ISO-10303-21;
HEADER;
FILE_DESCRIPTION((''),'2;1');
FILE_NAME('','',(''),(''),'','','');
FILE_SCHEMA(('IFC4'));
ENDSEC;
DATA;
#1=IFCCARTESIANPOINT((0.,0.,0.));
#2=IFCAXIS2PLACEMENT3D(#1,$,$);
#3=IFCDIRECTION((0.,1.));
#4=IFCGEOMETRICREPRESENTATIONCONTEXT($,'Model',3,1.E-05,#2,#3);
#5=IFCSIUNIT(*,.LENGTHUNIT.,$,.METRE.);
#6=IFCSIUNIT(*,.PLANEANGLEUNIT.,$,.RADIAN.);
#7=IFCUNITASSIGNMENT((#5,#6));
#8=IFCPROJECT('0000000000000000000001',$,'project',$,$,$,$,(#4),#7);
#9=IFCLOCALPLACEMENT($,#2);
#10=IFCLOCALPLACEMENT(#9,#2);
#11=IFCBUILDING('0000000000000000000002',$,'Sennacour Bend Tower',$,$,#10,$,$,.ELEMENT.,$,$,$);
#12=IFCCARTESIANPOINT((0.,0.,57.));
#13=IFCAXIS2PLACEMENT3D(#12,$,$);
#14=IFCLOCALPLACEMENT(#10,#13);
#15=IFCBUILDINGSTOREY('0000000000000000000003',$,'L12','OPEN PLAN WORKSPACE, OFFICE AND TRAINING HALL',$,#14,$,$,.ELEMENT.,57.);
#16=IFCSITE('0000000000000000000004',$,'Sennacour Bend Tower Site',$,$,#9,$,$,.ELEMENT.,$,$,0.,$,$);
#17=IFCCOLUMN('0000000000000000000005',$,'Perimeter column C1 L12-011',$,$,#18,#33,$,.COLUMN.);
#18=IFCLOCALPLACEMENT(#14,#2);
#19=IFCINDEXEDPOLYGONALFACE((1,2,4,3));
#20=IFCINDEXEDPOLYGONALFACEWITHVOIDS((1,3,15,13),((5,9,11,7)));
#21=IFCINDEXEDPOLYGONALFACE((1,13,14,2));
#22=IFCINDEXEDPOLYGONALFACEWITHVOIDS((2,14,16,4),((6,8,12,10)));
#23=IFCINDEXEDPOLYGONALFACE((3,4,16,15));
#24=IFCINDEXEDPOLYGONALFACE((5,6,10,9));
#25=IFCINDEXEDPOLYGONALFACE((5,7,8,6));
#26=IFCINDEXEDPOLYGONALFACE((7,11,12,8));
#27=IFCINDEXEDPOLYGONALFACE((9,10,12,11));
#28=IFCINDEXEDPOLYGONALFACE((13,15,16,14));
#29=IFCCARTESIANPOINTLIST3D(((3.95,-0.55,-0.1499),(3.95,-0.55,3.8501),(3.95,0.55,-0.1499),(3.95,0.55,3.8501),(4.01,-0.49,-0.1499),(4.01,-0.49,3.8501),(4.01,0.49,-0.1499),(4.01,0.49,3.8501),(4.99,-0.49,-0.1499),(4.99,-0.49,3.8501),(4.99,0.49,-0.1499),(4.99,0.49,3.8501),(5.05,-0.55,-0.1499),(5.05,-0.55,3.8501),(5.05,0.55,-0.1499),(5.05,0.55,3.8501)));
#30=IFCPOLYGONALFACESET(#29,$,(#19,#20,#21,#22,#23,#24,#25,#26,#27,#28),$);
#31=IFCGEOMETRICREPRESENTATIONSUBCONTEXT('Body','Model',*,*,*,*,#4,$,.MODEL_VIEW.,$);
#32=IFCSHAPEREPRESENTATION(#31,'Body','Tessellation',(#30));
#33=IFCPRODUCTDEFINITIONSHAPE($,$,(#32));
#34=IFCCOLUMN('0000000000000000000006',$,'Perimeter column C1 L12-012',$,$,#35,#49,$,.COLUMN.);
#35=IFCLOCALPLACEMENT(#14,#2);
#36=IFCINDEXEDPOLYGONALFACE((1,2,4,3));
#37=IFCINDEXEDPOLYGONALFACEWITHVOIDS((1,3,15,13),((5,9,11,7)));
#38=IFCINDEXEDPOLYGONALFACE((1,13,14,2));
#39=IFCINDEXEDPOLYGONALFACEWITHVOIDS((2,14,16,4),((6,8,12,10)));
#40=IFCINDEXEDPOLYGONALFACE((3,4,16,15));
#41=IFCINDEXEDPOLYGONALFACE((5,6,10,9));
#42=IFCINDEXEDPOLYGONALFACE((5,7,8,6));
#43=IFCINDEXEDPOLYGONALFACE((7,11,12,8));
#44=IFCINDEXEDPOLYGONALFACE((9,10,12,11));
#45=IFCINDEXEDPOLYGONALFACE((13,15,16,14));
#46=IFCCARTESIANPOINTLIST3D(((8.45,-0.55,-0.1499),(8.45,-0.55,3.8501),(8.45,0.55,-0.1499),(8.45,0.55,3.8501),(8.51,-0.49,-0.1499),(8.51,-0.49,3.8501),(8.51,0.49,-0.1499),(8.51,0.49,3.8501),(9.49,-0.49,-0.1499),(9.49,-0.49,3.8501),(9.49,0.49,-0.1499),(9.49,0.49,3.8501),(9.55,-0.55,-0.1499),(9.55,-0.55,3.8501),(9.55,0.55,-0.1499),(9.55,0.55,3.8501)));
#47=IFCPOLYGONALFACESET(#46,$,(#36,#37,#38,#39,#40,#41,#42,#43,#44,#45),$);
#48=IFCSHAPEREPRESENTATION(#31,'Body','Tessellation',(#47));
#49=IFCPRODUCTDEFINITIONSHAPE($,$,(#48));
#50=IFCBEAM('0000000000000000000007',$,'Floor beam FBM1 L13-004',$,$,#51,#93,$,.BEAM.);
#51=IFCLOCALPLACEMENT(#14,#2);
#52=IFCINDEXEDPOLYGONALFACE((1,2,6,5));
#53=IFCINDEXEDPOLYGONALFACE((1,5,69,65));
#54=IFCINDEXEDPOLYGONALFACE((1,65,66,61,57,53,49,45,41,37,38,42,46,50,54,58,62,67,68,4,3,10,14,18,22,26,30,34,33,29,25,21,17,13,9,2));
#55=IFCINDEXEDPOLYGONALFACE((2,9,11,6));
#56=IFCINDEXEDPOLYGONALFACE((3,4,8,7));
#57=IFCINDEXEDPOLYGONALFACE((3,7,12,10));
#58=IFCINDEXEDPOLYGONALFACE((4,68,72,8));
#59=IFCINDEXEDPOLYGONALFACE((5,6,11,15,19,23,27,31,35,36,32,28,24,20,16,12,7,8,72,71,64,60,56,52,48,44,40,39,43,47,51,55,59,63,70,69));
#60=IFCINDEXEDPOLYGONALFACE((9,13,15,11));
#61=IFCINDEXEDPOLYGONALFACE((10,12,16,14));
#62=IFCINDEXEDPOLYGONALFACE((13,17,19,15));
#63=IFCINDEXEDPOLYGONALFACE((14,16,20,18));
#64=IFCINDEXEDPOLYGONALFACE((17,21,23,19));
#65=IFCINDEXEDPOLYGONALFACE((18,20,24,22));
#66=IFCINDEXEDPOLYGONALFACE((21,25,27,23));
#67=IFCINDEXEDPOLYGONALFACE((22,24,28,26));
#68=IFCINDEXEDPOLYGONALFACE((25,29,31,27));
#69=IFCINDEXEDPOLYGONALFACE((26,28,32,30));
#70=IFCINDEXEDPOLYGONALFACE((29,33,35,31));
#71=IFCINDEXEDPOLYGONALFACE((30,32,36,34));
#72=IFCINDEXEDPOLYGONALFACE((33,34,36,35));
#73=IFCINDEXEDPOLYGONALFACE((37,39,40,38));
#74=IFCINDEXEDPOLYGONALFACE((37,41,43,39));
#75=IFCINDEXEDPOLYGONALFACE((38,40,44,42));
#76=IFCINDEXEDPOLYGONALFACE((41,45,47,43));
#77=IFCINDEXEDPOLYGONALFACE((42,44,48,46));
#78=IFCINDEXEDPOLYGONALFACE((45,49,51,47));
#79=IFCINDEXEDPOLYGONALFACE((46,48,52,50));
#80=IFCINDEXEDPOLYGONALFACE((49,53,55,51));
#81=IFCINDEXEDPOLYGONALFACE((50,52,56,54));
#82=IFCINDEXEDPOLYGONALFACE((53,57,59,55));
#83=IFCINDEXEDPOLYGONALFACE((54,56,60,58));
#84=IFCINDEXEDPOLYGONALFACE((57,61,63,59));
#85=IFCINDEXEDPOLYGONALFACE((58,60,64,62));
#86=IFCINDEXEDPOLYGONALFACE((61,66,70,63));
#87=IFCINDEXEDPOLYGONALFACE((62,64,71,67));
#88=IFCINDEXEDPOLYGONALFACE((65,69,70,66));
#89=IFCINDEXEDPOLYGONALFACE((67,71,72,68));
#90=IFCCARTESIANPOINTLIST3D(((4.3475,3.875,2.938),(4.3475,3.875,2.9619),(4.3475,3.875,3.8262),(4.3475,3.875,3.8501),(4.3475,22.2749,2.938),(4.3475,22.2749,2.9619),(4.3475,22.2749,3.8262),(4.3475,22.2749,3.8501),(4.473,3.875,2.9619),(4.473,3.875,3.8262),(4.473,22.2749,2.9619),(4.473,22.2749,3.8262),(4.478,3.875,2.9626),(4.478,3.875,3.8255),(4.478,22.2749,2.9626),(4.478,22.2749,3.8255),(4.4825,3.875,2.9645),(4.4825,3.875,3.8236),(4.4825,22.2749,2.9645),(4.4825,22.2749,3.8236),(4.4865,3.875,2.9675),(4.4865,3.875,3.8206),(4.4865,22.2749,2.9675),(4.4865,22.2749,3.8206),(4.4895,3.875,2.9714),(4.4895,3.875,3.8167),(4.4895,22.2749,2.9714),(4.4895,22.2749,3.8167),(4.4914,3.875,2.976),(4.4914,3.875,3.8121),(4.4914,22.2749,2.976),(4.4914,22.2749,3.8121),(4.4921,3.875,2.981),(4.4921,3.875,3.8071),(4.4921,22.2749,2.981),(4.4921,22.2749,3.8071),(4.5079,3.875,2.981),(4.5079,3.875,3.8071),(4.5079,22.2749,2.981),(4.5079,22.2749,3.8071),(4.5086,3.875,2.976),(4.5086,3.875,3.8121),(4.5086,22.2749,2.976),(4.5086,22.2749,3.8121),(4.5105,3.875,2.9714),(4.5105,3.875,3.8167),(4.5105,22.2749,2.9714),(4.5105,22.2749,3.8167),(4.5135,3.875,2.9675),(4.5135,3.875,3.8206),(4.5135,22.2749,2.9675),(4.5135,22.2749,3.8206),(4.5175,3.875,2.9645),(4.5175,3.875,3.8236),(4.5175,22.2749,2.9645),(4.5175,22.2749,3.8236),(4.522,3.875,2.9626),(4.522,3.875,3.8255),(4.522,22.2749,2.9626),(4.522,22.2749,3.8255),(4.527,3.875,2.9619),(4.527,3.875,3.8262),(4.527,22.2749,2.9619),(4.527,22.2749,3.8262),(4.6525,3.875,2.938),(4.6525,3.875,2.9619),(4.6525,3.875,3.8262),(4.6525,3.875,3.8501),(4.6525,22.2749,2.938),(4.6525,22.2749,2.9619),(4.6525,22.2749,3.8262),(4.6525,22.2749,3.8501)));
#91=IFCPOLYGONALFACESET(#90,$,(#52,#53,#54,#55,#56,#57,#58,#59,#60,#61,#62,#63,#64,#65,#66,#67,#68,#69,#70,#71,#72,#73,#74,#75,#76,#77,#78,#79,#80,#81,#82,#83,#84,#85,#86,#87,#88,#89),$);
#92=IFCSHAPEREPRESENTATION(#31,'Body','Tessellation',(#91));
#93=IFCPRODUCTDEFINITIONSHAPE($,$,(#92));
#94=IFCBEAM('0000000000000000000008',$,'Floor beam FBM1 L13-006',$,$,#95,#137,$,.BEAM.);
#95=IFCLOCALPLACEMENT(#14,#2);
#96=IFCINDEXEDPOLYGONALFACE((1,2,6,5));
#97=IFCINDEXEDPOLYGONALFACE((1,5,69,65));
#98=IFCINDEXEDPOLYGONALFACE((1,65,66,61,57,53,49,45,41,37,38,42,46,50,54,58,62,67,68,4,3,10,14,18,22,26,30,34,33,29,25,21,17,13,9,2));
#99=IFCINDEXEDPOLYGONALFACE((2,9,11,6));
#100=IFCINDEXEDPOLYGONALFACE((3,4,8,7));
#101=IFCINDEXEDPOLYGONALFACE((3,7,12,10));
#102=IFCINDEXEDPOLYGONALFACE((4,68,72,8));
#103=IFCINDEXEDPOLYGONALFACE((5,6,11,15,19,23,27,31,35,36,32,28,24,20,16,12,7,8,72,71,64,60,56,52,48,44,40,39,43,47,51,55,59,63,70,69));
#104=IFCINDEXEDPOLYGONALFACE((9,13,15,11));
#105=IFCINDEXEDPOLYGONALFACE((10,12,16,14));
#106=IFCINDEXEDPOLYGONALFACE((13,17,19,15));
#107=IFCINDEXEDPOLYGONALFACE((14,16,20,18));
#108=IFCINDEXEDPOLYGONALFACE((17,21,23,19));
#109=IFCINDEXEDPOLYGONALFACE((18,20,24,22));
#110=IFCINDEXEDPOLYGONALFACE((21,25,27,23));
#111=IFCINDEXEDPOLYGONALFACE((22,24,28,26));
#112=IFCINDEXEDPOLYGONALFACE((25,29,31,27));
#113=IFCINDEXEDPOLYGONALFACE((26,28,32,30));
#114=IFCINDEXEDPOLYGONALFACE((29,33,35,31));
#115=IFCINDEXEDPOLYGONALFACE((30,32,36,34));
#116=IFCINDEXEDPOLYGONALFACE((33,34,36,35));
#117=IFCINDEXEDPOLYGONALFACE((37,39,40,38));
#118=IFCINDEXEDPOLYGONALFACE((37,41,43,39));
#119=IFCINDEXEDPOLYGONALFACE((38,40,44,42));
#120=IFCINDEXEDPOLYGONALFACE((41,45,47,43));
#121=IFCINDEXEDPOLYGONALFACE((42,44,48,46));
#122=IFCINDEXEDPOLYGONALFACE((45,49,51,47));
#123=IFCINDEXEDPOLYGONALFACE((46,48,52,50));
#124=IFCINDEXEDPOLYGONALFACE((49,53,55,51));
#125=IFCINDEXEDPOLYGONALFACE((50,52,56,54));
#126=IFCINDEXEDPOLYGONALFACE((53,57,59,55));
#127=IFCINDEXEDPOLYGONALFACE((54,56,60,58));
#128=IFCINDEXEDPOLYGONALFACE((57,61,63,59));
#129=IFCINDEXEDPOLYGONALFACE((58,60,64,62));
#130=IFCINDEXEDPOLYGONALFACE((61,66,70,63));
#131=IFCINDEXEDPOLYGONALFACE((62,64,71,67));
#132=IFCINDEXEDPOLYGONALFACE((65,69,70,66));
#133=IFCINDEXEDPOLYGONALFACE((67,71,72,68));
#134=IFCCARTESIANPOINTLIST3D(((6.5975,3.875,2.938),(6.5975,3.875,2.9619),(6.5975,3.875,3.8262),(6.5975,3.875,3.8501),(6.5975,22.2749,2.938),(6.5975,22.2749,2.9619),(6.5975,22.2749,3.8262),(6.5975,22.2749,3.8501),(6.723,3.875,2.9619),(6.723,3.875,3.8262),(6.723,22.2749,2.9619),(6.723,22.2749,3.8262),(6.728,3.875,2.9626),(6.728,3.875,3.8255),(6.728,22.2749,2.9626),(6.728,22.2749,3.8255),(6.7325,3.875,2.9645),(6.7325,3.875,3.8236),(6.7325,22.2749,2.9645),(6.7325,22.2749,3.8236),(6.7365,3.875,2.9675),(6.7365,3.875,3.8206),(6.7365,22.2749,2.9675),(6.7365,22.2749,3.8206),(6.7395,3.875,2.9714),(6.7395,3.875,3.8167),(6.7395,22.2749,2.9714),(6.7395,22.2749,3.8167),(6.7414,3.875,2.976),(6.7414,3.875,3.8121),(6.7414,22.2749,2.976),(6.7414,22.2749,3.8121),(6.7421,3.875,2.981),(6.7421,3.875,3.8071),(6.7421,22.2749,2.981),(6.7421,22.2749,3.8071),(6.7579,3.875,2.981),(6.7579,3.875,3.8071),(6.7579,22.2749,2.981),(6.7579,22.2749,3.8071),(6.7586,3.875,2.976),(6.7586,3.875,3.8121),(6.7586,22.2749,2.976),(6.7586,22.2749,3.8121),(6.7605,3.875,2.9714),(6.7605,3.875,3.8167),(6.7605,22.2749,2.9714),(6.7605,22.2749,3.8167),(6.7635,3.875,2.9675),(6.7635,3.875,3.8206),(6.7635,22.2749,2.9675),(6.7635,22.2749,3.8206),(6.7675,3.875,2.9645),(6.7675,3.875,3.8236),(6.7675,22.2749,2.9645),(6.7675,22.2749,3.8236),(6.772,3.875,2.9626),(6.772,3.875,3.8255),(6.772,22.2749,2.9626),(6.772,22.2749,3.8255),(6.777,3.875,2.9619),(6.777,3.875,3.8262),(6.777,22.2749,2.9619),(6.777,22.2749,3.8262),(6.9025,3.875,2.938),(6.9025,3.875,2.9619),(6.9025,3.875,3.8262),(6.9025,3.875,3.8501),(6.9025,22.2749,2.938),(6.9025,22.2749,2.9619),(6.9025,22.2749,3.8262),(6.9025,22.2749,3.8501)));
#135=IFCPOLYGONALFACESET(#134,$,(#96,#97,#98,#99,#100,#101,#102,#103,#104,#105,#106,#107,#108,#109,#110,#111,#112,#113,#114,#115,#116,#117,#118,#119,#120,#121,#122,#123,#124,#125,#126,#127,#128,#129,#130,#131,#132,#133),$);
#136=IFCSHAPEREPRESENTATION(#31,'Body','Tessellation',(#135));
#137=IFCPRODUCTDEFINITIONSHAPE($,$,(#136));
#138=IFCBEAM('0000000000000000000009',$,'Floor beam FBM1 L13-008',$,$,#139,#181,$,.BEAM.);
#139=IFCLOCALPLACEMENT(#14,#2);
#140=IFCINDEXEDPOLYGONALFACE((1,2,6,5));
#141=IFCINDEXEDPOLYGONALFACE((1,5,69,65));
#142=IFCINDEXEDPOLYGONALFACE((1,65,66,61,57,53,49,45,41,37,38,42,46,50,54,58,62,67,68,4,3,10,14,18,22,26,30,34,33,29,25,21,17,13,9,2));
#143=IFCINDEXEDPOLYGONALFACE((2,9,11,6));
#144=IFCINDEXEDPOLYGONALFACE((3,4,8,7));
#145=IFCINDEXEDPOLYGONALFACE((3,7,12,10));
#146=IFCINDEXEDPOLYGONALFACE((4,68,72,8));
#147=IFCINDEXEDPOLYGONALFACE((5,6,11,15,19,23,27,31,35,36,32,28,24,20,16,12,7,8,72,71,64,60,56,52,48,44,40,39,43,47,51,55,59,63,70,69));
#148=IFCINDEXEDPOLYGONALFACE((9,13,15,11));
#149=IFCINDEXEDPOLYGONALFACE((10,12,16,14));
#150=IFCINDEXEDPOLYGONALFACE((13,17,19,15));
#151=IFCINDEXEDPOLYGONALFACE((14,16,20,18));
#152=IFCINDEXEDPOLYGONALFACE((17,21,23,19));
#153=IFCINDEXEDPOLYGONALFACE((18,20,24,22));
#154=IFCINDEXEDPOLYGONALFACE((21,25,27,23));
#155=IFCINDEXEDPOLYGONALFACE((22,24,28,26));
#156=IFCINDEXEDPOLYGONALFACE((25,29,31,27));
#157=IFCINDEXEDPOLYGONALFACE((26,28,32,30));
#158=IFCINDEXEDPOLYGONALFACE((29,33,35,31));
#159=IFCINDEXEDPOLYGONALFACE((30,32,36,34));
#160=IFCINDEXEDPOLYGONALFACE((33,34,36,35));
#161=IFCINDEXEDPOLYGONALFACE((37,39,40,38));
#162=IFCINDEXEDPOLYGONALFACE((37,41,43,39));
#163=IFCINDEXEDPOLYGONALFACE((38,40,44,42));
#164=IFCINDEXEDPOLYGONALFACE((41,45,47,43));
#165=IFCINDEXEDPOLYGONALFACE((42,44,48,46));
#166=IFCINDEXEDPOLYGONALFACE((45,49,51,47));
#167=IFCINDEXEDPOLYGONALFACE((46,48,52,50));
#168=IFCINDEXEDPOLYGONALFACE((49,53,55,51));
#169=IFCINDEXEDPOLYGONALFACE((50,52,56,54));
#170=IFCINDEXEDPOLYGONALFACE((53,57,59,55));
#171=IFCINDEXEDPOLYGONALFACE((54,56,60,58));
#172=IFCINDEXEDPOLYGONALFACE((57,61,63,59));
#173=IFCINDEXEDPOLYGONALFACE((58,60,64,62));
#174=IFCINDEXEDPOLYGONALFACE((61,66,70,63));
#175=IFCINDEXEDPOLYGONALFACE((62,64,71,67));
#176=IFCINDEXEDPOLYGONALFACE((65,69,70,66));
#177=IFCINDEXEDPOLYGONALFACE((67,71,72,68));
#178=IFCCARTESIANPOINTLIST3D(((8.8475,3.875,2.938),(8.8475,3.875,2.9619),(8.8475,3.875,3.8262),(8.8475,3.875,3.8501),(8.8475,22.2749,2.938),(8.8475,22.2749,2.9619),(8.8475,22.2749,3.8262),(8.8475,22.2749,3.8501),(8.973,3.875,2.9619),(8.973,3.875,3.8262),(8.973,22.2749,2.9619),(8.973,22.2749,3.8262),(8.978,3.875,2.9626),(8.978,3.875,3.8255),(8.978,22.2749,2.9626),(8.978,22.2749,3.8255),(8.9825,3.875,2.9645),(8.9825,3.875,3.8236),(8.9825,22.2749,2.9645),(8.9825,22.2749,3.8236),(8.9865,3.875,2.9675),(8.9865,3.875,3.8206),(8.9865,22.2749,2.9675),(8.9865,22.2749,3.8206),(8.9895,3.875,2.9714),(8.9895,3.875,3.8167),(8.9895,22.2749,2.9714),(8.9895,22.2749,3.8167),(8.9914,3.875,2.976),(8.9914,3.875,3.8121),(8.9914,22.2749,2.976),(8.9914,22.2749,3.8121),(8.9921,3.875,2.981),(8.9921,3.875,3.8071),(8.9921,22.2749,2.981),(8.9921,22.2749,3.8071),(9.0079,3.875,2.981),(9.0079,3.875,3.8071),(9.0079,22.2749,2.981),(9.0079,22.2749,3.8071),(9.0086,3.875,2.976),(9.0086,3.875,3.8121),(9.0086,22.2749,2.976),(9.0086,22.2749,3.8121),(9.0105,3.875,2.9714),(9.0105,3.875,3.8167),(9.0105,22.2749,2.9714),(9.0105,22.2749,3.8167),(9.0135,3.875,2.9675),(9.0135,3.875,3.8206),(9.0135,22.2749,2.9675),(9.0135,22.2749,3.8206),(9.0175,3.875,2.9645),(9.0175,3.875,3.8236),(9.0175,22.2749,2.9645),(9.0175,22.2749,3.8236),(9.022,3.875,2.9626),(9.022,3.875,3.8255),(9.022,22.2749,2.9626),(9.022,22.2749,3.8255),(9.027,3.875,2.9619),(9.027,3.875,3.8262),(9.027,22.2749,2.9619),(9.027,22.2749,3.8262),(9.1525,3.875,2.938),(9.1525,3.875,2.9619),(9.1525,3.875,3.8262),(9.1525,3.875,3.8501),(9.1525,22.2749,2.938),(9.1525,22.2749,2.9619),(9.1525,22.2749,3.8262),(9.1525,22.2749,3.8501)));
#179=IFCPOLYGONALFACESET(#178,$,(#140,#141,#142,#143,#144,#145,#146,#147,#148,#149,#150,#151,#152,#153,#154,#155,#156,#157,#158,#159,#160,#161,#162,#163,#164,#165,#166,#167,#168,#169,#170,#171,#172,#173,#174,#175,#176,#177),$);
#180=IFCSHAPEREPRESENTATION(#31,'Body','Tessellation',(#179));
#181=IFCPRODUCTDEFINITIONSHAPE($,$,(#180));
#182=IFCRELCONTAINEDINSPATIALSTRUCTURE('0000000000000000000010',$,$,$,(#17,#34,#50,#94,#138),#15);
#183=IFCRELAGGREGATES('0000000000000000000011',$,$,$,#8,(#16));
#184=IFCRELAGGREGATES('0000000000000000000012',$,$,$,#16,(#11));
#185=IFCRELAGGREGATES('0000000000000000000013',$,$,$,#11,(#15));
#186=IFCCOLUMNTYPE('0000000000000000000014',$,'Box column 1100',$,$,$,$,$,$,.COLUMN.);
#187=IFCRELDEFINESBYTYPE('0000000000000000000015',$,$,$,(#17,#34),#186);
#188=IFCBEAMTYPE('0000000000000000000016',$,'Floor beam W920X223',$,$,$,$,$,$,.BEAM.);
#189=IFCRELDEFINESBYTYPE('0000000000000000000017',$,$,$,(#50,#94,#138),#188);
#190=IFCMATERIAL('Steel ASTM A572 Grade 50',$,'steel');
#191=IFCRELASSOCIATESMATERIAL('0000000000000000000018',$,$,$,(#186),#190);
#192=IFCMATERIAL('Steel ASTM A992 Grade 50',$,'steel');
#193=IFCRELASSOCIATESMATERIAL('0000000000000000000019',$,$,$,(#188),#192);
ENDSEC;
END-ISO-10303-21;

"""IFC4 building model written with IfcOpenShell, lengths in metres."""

from ifc_helpers import new_model, si_unit, direction, frame, origin, origin_2d, place, context, subcontext, project, spatial, hollow_rectangle, i_section, extrude, material, material_profile, profile_set, type_object, element, save


model = new_model("IFC4")

# Units and contexts
model_context = context("Model", 3, precision=1e-05, world=origin(), true_north=direction((0.0, 1.0)))
body_context = subcontext(model_context, "Body", "Model", "MODEL_VIEW")
ifc_project = project(units=[si_unit("LENGTHUNIT", "METRE"), si_unit("PLANEANGLEUNIT", "RADIAN")], contexts=[model_context])

# Site, building, storey
site_placement = place(None, origin())
site = spatial("IfcSite", under=ifc_project, at=site_placement, Name="Sennacour Bend Tower Site", CompositionType="ELEMENT", RefElevation=0.0)
building_placement = place(site_placement, origin())
building = spatial("IfcBuilding", under=site, at=building_placement, Name="Sennacour Bend Tower", CompositionType="ELEMENT")
storey_placement = place(building_placement, frame((0.0, 0.0, 57.0)))
storey = spatial("IfcBuildingStorey", under=building, at=storey_placement, Name="L12", Description="OPEN PLAN WORKSPACE, OFFICE AND TRAINING HALL", CompositionType="ELEMENT", Elevation=57.0)

# Columns
ifc_material_1 = material(Name="Steel ASTM A572 Grade 50", Category="steel")
ifc_material_profile_1 = material_profile(ifc_material_1, hollow_rectangle(XDim=1.1001, YDim=1.1001, WallThickness=0.0601, at=origin_2d()), Name="Steel ASTM A572 Grade 50", Category="steel")
ifc_profile_set_1 = profile_set([ifc_material_profile_1], Name="Steel ASTM A572 Grade 50")
column_type = type_object("IfcColumnType", Name="Box column 1100", PredefinedType="COLUMN", material=ifc_profile_set_1)
for number, where, z_axis, x_axis, name in (
    (1, (4.5, 0.0, -0.1499), (0.0, 0.0, 1.0), (1.0, 0.0, 0.0), "Perimeter column C1 L12-011"),
    (2, (9.0, 0.0, -0.1499), (0.0, 0.0, 1.0), (1.0, 0.0, 0.0), "Perimeter column C1 L12-012"),
):
    element("IfcColumn", number, at=place(storey_placement, frame(where, z_axis=z_axis, x_axis=x_axis)), inside=storey, type_object=column_type, Name=name, PredefinedType="COLUMN", context=body_context, shape_type="SweptSolid", body=[
        extrude(hollow_rectangle(XDim=1.1001, YDim=1.1001, WallThickness=0.0601, at=origin_2d()), origin(), (0.0, 0.0, 1.0), 4.0),
    ])

# Beams
ifc_material_2 = material(Name="Steel ASTM A992 Grade 50", Category="steel")
ifc_material_profile_2 = material_profile(ifc_material_2, i_section(OverallWidth=0.3049, OverallDepth=0.9121, WebThickness=0.0159, FlangeThickness=0.0239, FilletRadius=0.019, at=origin_2d()), Name="Steel ASTM A992 Grade 50", Category="steel")
ifc_profile_set_2 = profile_set([ifc_material_profile_2], Name="Steel ASTM A992 Grade 50")
beam_type_1 = type_object("IfcBeamType", Name="Floor beam W920X223", PredefinedType="BEAM", material=ifc_profile_set_2)
for number, where, z_axis, x_axis, name in (
    (3, (4.5, 3.875, 3.394), (0.0, 1.0, 0.0), (-1.0, 0.0, 0.0), "Floor beam FBM1 L13-004"),
    (4, (6.75, 3.875, 3.394), (0.0, 1.0, 0.0), (-1.0, 0.0, 0.0), "Floor beam FBM1 L13-006"),
    (5, (9.0, 3.875, 3.394), (0.0, 1.0, 0.0), (-1.0, 0.0, 0.0), "Floor beam FBM1 L13-008"),
):
    element("IfcBeam", number, at=place(storey_placement, frame(where, z_axis=z_axis, x_axis=x_axis)), inside=storey, type_object=beam_type_1, Name=name, PredefinedType="BEAM", context=body_context, shape_type="SweptSolid", body=[
        extrude(i_section(OverallWidth=0.3049, OverallDepth=0.9121, WebThickness=0.0159, FlangeThickness=0.0239, FilletRadius=0.019, at=origin_2d()), origin(), (0.0, 0.0, 1.0), 18.3999),
    ])

save(model, "model.ifc")
